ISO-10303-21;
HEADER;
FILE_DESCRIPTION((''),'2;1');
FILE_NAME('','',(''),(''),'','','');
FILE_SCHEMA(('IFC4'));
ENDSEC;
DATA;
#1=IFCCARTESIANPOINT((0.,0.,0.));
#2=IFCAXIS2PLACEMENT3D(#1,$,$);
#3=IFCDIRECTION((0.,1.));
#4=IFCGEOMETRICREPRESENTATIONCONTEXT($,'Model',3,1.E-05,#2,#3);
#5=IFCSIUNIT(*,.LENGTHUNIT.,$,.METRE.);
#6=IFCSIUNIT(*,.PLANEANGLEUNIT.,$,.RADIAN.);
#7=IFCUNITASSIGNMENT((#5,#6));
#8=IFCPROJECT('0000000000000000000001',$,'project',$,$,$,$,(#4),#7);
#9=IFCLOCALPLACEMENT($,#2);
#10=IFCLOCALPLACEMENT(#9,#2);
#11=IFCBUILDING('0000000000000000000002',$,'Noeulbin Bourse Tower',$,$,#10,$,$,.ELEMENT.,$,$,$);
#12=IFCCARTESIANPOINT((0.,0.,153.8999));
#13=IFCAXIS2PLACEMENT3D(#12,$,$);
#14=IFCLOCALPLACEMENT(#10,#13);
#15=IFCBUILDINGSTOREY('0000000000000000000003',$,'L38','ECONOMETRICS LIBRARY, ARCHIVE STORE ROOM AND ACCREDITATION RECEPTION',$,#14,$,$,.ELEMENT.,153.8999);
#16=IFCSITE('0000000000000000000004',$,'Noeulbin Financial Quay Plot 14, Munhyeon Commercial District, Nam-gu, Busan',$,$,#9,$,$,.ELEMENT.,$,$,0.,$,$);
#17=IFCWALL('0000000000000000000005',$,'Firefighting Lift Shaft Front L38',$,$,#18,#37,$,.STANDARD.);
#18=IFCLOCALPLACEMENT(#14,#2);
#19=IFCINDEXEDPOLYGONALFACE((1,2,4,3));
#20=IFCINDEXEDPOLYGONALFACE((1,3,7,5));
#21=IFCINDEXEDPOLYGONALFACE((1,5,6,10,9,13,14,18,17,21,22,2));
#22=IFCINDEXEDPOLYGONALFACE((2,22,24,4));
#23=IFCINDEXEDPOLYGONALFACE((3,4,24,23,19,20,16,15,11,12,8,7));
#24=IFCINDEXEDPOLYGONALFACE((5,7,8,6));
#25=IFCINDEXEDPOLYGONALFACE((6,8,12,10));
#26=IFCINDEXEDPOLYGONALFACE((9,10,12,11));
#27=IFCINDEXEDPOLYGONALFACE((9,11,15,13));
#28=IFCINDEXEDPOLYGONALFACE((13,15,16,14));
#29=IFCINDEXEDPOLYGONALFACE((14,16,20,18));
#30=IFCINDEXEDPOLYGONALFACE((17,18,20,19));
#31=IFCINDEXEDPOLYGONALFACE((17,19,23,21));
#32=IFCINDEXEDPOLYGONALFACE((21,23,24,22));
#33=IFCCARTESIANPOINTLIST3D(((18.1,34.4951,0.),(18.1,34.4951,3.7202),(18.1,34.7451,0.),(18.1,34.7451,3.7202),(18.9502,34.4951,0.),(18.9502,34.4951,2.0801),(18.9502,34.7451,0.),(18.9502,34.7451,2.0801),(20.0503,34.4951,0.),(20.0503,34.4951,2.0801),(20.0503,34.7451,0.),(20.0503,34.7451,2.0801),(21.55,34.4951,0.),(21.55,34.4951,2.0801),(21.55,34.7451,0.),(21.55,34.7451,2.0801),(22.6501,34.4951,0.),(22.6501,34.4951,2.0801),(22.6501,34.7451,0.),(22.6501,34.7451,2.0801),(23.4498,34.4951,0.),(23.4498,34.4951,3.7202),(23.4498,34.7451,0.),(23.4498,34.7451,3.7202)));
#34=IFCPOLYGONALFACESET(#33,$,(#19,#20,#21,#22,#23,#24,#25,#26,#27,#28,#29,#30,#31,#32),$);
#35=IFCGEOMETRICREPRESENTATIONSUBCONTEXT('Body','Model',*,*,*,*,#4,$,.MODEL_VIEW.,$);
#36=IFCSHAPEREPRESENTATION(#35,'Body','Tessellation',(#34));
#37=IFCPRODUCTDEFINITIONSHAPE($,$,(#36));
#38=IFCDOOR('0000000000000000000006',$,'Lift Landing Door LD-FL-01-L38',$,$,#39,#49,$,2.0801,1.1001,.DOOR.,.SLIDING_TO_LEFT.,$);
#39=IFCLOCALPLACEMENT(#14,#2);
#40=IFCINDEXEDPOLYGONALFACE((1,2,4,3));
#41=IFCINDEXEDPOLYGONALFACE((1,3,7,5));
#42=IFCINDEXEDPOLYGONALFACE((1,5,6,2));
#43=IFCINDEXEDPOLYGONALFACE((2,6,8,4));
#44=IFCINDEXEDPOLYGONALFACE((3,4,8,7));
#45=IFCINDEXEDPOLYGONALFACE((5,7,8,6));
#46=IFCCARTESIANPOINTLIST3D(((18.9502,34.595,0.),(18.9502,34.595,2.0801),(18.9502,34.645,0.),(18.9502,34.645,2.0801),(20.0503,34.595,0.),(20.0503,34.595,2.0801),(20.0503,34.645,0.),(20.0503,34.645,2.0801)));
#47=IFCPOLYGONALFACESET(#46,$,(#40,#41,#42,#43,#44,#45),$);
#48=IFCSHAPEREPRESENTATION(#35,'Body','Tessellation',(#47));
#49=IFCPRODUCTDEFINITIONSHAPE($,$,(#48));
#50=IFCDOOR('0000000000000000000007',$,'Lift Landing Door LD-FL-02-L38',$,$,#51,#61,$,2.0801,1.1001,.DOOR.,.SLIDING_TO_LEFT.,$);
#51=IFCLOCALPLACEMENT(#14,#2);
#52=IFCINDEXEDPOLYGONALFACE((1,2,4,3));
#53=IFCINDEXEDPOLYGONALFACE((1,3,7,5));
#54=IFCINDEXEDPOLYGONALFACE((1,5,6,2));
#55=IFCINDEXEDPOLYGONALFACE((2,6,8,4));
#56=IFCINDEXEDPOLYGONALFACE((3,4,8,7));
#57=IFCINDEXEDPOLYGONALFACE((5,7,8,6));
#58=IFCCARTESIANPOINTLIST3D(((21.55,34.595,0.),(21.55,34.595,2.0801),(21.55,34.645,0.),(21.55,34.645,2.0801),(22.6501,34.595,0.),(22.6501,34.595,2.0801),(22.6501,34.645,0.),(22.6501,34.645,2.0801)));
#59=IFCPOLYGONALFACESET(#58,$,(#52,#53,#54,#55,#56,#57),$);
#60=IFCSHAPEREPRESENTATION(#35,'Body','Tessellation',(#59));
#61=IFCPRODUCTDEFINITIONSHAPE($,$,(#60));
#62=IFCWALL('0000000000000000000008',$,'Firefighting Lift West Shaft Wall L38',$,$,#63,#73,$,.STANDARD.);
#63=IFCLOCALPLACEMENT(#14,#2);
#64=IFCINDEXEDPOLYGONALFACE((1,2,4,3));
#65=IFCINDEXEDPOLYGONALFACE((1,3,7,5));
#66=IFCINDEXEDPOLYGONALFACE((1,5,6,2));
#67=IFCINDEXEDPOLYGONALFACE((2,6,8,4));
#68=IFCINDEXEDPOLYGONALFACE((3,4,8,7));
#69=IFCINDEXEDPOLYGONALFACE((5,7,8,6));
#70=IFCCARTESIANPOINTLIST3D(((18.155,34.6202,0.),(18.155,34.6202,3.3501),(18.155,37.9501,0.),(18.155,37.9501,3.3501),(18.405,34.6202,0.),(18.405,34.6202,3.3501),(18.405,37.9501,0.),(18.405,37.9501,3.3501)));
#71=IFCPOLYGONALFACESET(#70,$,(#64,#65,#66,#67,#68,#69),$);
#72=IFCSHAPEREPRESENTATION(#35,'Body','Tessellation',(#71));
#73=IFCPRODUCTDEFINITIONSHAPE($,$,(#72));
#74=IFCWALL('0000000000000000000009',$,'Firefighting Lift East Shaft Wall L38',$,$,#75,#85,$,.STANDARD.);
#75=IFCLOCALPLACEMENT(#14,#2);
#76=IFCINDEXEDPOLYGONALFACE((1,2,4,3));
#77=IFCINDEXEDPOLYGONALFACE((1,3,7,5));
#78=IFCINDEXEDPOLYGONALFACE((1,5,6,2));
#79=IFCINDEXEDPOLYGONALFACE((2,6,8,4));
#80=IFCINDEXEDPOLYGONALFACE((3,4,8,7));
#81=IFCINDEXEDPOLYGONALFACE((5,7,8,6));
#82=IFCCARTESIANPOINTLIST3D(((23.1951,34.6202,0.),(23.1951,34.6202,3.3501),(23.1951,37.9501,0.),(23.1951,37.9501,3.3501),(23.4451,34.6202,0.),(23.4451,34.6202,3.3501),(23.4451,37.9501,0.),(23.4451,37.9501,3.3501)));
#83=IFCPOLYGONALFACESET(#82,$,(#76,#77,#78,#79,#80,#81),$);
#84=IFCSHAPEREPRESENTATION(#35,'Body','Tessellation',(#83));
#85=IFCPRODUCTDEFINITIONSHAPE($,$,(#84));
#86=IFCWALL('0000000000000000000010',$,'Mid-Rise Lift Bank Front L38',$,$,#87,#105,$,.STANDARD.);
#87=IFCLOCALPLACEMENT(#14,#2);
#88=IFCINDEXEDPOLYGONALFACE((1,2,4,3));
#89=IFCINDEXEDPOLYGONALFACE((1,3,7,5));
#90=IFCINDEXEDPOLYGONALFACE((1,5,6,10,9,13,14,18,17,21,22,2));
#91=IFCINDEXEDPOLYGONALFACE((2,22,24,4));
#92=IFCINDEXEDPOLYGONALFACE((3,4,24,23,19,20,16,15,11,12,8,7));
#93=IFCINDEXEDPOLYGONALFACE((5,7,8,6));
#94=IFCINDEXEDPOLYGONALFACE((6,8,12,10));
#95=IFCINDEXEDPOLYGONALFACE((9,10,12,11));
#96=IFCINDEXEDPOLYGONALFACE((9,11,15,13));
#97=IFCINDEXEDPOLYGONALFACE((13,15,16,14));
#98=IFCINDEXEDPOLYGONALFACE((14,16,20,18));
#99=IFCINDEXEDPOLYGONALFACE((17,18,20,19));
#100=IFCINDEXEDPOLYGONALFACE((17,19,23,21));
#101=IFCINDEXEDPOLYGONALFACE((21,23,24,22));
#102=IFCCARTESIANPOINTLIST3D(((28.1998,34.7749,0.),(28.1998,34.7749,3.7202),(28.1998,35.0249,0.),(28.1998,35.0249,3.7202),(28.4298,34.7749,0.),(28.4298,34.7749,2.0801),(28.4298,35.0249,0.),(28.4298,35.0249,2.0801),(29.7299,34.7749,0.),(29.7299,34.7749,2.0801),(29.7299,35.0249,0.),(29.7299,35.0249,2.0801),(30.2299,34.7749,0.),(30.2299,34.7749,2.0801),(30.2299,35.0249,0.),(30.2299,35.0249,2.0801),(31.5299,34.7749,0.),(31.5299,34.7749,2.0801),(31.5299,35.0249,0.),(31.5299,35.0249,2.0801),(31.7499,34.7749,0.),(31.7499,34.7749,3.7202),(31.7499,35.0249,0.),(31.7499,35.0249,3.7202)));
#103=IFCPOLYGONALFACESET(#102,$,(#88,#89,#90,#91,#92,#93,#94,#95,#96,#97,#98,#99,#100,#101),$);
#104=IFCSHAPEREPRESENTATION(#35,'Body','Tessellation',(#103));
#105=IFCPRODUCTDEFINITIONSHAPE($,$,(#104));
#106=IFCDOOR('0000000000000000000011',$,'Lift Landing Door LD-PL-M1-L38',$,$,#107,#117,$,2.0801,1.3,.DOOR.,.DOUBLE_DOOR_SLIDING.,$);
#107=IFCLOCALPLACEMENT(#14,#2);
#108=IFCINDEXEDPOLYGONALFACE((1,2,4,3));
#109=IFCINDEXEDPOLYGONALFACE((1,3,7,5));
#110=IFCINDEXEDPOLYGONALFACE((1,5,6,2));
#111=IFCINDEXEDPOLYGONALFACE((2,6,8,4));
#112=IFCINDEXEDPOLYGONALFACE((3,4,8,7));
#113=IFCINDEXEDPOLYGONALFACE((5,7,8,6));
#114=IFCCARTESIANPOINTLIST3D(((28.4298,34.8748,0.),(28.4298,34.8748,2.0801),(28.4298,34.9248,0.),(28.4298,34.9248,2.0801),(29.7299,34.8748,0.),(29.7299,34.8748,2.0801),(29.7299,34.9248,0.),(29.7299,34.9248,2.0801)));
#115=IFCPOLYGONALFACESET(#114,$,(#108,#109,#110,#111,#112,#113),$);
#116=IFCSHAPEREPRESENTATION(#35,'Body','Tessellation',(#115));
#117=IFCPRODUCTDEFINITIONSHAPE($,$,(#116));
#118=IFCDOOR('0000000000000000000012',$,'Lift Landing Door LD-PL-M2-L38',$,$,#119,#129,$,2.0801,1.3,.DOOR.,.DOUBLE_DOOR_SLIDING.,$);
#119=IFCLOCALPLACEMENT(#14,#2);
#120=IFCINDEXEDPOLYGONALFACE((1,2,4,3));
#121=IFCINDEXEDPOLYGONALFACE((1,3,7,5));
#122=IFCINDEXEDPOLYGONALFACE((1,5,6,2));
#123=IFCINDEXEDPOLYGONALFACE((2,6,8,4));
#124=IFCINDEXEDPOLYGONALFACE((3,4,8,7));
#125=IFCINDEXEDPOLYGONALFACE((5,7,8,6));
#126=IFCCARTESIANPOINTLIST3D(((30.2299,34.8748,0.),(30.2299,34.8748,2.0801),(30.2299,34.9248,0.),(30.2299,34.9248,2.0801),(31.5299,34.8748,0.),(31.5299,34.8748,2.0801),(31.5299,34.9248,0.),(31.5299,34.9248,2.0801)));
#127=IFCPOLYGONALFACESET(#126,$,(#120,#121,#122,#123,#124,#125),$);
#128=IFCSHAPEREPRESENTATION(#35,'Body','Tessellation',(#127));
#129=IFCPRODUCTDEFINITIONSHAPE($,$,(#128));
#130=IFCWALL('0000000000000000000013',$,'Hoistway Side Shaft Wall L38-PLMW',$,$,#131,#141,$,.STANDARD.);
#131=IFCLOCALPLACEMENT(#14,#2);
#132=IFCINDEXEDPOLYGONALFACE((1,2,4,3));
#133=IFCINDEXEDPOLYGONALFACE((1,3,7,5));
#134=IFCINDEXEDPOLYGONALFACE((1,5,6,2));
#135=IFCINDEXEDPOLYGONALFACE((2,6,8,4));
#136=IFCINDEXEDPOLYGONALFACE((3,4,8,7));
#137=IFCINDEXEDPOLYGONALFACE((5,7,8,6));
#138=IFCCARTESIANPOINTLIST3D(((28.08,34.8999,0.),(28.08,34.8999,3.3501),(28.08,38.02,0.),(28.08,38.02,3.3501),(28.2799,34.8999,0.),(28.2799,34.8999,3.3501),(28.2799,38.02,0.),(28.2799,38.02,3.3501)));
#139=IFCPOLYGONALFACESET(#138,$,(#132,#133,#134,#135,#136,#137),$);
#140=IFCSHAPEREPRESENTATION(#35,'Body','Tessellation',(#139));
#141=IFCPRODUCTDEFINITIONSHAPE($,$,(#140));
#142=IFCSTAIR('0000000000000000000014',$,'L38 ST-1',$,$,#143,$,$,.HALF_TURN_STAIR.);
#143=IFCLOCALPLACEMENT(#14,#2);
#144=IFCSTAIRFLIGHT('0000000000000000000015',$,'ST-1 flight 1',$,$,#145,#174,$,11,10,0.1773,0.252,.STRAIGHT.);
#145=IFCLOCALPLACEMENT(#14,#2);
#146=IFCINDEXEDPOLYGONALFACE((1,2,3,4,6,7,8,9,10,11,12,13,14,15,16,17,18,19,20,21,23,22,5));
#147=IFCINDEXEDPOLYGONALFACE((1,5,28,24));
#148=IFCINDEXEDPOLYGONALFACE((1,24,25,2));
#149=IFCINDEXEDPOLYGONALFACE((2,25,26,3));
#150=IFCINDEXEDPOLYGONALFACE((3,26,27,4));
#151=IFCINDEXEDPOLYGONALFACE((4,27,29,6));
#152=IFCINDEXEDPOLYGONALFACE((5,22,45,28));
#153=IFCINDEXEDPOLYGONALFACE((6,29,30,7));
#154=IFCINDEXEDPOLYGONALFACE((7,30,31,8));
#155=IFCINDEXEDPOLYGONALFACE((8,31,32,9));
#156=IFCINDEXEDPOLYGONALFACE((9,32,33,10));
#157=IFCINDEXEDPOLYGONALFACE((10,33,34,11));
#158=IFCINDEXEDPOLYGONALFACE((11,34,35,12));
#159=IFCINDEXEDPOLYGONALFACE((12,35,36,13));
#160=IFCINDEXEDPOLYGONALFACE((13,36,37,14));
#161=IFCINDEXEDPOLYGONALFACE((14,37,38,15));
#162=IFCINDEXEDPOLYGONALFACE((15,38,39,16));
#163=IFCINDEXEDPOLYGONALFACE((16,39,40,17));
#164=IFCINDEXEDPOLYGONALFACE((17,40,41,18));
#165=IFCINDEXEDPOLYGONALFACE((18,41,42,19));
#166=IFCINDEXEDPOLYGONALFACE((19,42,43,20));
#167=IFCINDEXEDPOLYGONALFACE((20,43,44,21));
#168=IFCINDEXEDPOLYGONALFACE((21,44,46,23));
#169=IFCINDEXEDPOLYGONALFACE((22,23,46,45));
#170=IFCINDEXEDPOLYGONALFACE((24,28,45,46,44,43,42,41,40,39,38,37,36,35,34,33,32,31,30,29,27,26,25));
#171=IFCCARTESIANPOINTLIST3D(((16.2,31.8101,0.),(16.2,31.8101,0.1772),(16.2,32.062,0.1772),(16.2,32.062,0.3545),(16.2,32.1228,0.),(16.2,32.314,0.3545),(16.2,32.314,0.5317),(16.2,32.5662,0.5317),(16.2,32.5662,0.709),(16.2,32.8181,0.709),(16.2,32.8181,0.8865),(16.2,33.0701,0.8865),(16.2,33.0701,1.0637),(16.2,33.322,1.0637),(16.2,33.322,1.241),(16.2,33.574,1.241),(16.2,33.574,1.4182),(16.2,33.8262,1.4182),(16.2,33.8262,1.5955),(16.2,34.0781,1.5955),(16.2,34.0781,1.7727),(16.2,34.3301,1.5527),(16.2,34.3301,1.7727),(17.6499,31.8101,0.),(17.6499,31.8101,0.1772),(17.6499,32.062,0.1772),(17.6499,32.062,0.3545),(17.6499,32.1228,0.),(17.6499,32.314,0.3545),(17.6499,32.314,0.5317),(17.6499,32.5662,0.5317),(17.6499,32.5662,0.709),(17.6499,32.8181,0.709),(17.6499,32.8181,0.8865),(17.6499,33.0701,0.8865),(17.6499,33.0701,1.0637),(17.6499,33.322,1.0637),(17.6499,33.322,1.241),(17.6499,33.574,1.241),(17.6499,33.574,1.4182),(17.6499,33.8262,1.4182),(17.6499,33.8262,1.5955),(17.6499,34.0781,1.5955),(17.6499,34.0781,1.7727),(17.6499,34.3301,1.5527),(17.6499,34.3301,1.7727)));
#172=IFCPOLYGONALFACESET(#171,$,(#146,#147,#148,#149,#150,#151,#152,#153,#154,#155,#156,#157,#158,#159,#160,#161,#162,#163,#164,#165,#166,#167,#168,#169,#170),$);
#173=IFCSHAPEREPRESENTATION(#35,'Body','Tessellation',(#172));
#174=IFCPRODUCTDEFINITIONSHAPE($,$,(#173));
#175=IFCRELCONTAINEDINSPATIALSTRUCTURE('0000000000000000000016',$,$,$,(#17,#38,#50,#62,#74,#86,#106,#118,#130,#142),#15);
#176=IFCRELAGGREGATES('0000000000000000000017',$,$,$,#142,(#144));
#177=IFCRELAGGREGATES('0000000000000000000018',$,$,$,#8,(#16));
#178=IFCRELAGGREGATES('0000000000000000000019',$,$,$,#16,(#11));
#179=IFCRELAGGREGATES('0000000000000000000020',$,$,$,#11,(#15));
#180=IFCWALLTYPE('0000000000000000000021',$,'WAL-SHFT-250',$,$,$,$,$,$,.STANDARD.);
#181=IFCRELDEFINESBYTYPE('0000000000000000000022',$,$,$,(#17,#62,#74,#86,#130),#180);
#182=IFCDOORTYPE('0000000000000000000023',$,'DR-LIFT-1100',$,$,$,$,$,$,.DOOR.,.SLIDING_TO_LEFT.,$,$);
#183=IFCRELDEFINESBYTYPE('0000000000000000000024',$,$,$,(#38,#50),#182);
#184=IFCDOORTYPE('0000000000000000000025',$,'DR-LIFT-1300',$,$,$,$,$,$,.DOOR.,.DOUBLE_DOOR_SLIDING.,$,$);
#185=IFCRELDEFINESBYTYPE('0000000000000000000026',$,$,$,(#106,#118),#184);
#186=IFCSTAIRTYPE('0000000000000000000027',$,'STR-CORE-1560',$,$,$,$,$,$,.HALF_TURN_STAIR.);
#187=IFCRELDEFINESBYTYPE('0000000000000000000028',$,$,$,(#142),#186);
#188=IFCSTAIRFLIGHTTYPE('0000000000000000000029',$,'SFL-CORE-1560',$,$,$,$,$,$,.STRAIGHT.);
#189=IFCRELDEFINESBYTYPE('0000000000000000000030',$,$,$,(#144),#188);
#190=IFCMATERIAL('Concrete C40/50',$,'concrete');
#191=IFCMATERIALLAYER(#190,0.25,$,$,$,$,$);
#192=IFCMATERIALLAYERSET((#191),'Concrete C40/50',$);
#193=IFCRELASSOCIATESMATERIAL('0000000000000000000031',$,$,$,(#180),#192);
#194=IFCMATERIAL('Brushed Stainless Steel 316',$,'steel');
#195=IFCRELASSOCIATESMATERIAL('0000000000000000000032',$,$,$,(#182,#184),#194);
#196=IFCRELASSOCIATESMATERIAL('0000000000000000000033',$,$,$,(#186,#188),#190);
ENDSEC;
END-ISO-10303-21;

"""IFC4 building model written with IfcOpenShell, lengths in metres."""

from ifc_helpers import new_model, si_unit, direction, frame, frame_2d, origin, place, context, subcontext, project, spatial, polyline, rectangle, outline, extrude, material, layer, layer_set, type_object, element, fill, aggregate, save


model = new_model("IFC4")

# Units and contexts
model_context = context("Model", 3, precision=1e-05, world=origin(), true_north=direction((0.0, 1.0)))
body_context = subcontext(model_context, "Body", "Model", "MODEL_VIEW")
ifc_project = project(units=[si_unit("LENGTHUNIT", "METRE"), si_unit("PLANEANGLEUNIT", "RADIAN")], contexts=[model_context])

# Site, building, storey
site_placement = place(None, origin())
site = spatial("IfcSite", under=ifc_project, at=site_placement, Name="Noeulbin Financial Quay Plot 14, Munhyeon Commercial District, Nam-gu, Busan", CompositionType="ELEMENT", RefElevation=0.0)
building_placement = place(site_placement, origin())
building = spatial("IfcBuilding", under=site, at=building_placement, Name="Noeulbin Bourse Tower", CompositionType="ELEMENT")
storey_placement = place(building_placement, frame((0.0, 0.0, 153.8999)))
storey = spatial("IfcBuildingStorey", under=building, at=storey_placement, Name="L38", Description="ECONOMETRICS LIBRARY, ARCHIVE STORE ROOM AND ACCREDITATION RECEPTION", CompositionType="ELEMENT", Elevation=153.8999)

# Shared definitions
ifc_material_1 = material(Name="Concrete C40/50", Category="concrete")

# Shared definitions
ifc_layer_1 = layer(ifc_material_1, 0.25)
ifc_layer_set_1 = layer_set([ifc_layer_1], Name="Concrete C40/50")
wall_type_1 = type_object("IfcWallType", Name="WAL-SHFT-250", PredefinedType="STANDARD", material=ifc_layer_set_1)

# Wall, openings, doors
wall_1_placement = place(storey_placement, frame((18.1001, 34.6201, 0.0), z_axis=(0.0, 0.0, 1.0), x_axis=(1.0, 0.0, 0.0)))
wall_1 = element("IfcWall", 1, at=wall_1_placement, inside=storey, type_object=wall_type_1, Name="Firefighting Lift Shaft Front L38", PredefinedType="STANDARD", context=body_context, shape_type="SweptSolid", body=[
    extrude(rectangle(XDim=5.3499, YDim=0.25, at=frame_2d((2.6748, 0.0))), origin(), (0.0, 0.0, 1.0), 3.7202),
])
opening_1_placement = place(wall_1_placement, frame((0.8501, 0.0, 0.0)))
opening_1 = element("IfcOpeningElement", 2, at=opening_1_placement, cuts=wall_1, PredefinedType="OPENING", context=body_context, shape_type="SweptSolid", body=[
    extrude(rectangle(XDim=1.1001, YDim=2.0801, at=frame_2d((0.55, 1.04))), frame((0.0, 0.135, 0.0), z_axis=(0.0, -1.0, 0.0), x_axis=(1.0, 0.0, 0.0)), (0.0, 0.0, 1.0), 0.27),
])
opening_2_placement = place(wall_1_placement, frame((3.45, 0.0, 0.0)))
opening_2 = element("IfcOpeningElement", 3, at=opening_2_placement, cuts=wall_1, PredefinedType="OPENING", context=body_context, shape_type="SweptSolid", body=[
    extrude(rectangle(XDim=1.1001, YDim=2.0801, at=frame_2d((0.55, 1.04))), frame((0.0, 0.135, 0.0), z_axis=(0.0, -1.0, 0.0), x_axis=(1.0, 0.0, 0.0)), (0.0, 0.0, 1.0), 0.27),
])
ifc_material_2 = material(Name="Brushed Stainless Steel 316", Category="steel")
door_type_1 = type_object("IfcDoorType", Name="DR-LIFT-1100", OperationType="SLIDING_TO_LEFT", PredefinedType="DOOR", material=ifc_material_2)
door_1_placement = place(opening_1_placement, origin())
door_1 = element("IfcDoor", 4, at=door_1_placement, inside=storey, type_object=door_type_1, Name="Lift Landing Door LD-FL-01-L38", OperationType="SLIDING_TO_LEFT", OverallHeight=2.0801, OverallWidth=1.1001, PredefinedType="DOOR", context=body_context, shape_type="SweptSolid", body=[
    extrude(rectangle(XDim=1.1001, YDim=2.0801, at=frame_2d((0.55, 1.04))), frame((0.0, 0.0249, 0.0), z_axis=(0.0, -1.0, 0.0), x_axis=(1.0, 0.0, 0.0)), (0.0, 0.0, 1.0), 0.05),
])
fill(opening_1, door_1)
door_2_placement = place(opening_2_placement, origin())
door_2 = element("IfcDoor", 5, at=door_2_placement, inside=storey, type_object=door_type_1, Name="Lift Landing Door LD-FL-02-L38", OperationType="SLIDING_TO_LEFT", OverallHeight=2.0801, OverallWidth=1.1001, PredefinedType="DOOR", context=body_context, shape_type="SweptSolid", body=[
    extrude(rectangle(XDim=1.1001, YDim=2.0801, at=frame_2d((0.55, 1.04))), frame((0.0, 0.0249, 0.0), z_axis=(0.0, -1.0, 0.0), x_axis=(1.0, 0.0, 0.0)), (0.0, 0.0, 1.0), 0.05),
])
fill(opening_2, door_2)

# Walls
for number, where, z_axis, x_axis, name in (
    (6, (18.28, 34.6201, 0.0), (0.0, 0.0, 1.0), (0.0, 1.0, 0.0), "Firefighting Lift West Shaft Wall L38"),
    (7, (23.3201, 34.6201, 0.0), (0.0, 0.0, 1.0), (0.0, 1.0, 0.0), "Firefighting Lift East Shaft Wall L38"),
):
    element("IfcWall", number, at=place(storey_placement, frame(where, z_axis=z_axis, x_axis=x_axis)), inside=storey, type_object=wall_type_1, Name=name, PredefinedType="STANDARD", context=body_context, shape_type="SweptSolid", body=[
        extrude(rectangle(XDim=3.3298, YDim=0.25, at=frame_2d((1.665, 0.0))), origin(), (0.0, 0.0, 1.0), 3.3501),
    ])

# Wall, openings, doors
wall_2_placement = place(storey_placement, frame((28.2, 34.8999, 0.0), z_axis=(0.0, 0.0, 1.0), x_axis=(1.0, 0.0, 0.0)))
wall_2 = element("IfcWall", 8, at=wall_2_placement, inside=storey, type_object=wall_type_1, Name="Mid-Rise Lift Bank Front L38", PredefinedType="STANDARD", context=body_context, shape_type="SweptSolid", body=[
    extrude(rectangle(XDim=3.55, YDim=0.25, at=frame_2d((1.7749, 0.0))), origin(), (0.0, 0.0, 1.0), 3.7202),
])
opening_3_placement = place(wall_2_placement, frame((0.23, 0.0, 0.0)))
opening_3 = element("IfcOpeningElement", 9, at=opening_3_placement, cuts=wall_2, PredefinedType="OPENING", context=body_context, shape_type="SweptSolid", body=[
    extrude(rectangle(XDim=1.3, YDim=2.0801, at=frame_2d((0.6499, 1.04))), frame((0.0, 0.135, 0.0), z_axis=(0.0, -1.0, 0.0), x_axis=(1.0, 0.0, 0.0)), (0.0, 0.0, 1.0), 0.27),
])
opening_4_placement = place(wall_2_placement, frame((2.03, 0.0, 0.0)))
opening_4 = element("IfcOpeningElement", 10, at=opening_4_placement, cuts=wall_2, PredefinedType="OPENING", context=body_context, shape_type="SweptSolid", body=[
    extrude(rectangle(XDim=1.3, YDim=2.0801, at=frame_2d((0.6499, 1.04))), frame((0.0, 0.135, 0.0), z_axis=(0.0, -1.0, 0.0), x_axis=(1.0, 0.0, 0.0)), (0.0, 0.0, 1.0), 0.27),
])
door_type_2 = type_object("IfcDoorType", Name="DR-LIFT-1300", OperationType="DOUBLE_DOOR_SLIDING", PredefinedType="DOOR", material=ifc_material_2)
door_3_placement = place(opening_3_placement, origin())
door_3 = element("IfcDoor", 11, at=door_3_placement, inside=storey, type_object=door_type_2, Name="Lift Landing Door LD-PL-M1-L38", OperationType="DOUBLE_DOOR_SLIDING", OverallHeight=2.0801, OverallWidth=1.3, PredefinedType="DOOR", context=body_context, shape_type="SweptSolid", body=[
    extrude(rectangle(XDim=1.3, YDim=2.0801, at=frame_2d((0.6499, 1.04))), frame((0.0, 0.0249, 0.0), z_axis=(0.0, -1.0, 0.0), x_axis=(1.0, 0.0, 0.0)), (0.0, 0.0, 1.0), 0.05),
])
fill(opening_3, door_3)
door_4_placement = place(opening_4_placement, origin())
door_4 = element("IfcDoor", 12, at=door_4_placement, inside=storey, type_object=door_type_2, Name="Lift Landing Door LD-PL-M2-L38", OperationType="DOUBLE_DOOR_SLIDING", OverallHeight=2.0801, OverallWidth=1.3, PredefinedType="DOOR", context=body_context, shape_type="SweptSolid", body=[
    extrude(rectangle(XDim=1.3, YDim=2.0801, at=frame_2d((0.6499, 1.04))), frame((0.0, 0.0249, 0.0), z_axis=(0.0, -1.0, 0.0), x_axis=(1.0, 0.0, 0.0)), (0.0, 0.0, 1.0), 0.05),
])
fill(opening_4, door_4)

# Wall
wall_3_placement = place(storey_placement, frame((28.1799, 34.8999, 0.0), z_axis=(0.0, 0.0, 1.0), x_axis=(0.0, 1.0, 0.0)))
element("IfcWall", 13, at=wall_3_placement, inside=storey, type_object=wall_type_1, Name="Hoistway Side Shaft Wall L38-PLMW", PredefinedType="STANDARD", context=body_context, shape_type="SweptSolid", body=[
    extrude(rectangle(XDim=3.1201, YDim=0.2, at=frame_2d((1.5601, 0.0))), origin(), (0.0, 0.0, 1.0), 3.3501),
])

# Stair, stair flight
stair_type = type_object("IfcStairType", Name="STR-CORE-1560", PredefinedType="HALF_TURN_STAIR", material=ifc_material_1)
stair_placement = place(storey_placement, origin())
stair = element("IfcStair", 14, at=stair_placement, inside=storey, type_object=stair_type, Name="L38 ST-1", PredefinedType="HALF_TURN_STAIR")
stair_flight_type = type_object("IfcStairFlightType", Name="SFL-CORE-1560", PredefinedType="STRAIGHT", material=ifc_material_1)
stair_flight_1_placement = place(storey_placement, frame((16.925, 31.8101, 0.0), z_axis=(0.0, 0.0, 1.0), x_axis=(0.0, 1.0, 0.0)))
stair_flight_1 = element("IfcStairFlight", 15, at=stair_flight_1_placement, type_object=stair_flight_type, Name="ST-1 flight 1", NumberOfRisers=11, NumberOfTreads=10, PredefinedType="STRAIGHT", RiserHeight=0.1773, TreadLength=0.252, context=body_context, shape_type="SweptSolid", body=[
    extrude(outline(polyline([(0.0, 0.0), (0.0, 0.1772), (0.252, 0.1772), (0.252, 0.3545), (0.5039, 0.3545), (0.5039, 0.5317), (0.7561, 0.5317), (0.7561, 0.709), (1.0081, 0.709), (1.0081, 0.8865), (1.26, 0.8865), (1.26, 1.0637), (1.512, 1.0637), (1.512, 1.241), (1.7639, 1.241), (1.7639, 1.4182), (2.0161, 1.4182), (2.0161, 1.5955), (2.2681, 1.5955), (2.2681, 1.7727), (2.52, 1.7727), (2.52, 1.95), (2.52, 1.5527), (0.3127, 0.0), (0.0, 0.0)])), frame((0.0, 0.7251, 0.0), z_axis=(0.0, -1.0, 0.0), x_axis=(1.0, 0.0, 0.0)), (0.0, 0.0, 1.0), 1.45),
])
aggregate(stair, [stair_flight_1])

save(model, "model.ifc")
